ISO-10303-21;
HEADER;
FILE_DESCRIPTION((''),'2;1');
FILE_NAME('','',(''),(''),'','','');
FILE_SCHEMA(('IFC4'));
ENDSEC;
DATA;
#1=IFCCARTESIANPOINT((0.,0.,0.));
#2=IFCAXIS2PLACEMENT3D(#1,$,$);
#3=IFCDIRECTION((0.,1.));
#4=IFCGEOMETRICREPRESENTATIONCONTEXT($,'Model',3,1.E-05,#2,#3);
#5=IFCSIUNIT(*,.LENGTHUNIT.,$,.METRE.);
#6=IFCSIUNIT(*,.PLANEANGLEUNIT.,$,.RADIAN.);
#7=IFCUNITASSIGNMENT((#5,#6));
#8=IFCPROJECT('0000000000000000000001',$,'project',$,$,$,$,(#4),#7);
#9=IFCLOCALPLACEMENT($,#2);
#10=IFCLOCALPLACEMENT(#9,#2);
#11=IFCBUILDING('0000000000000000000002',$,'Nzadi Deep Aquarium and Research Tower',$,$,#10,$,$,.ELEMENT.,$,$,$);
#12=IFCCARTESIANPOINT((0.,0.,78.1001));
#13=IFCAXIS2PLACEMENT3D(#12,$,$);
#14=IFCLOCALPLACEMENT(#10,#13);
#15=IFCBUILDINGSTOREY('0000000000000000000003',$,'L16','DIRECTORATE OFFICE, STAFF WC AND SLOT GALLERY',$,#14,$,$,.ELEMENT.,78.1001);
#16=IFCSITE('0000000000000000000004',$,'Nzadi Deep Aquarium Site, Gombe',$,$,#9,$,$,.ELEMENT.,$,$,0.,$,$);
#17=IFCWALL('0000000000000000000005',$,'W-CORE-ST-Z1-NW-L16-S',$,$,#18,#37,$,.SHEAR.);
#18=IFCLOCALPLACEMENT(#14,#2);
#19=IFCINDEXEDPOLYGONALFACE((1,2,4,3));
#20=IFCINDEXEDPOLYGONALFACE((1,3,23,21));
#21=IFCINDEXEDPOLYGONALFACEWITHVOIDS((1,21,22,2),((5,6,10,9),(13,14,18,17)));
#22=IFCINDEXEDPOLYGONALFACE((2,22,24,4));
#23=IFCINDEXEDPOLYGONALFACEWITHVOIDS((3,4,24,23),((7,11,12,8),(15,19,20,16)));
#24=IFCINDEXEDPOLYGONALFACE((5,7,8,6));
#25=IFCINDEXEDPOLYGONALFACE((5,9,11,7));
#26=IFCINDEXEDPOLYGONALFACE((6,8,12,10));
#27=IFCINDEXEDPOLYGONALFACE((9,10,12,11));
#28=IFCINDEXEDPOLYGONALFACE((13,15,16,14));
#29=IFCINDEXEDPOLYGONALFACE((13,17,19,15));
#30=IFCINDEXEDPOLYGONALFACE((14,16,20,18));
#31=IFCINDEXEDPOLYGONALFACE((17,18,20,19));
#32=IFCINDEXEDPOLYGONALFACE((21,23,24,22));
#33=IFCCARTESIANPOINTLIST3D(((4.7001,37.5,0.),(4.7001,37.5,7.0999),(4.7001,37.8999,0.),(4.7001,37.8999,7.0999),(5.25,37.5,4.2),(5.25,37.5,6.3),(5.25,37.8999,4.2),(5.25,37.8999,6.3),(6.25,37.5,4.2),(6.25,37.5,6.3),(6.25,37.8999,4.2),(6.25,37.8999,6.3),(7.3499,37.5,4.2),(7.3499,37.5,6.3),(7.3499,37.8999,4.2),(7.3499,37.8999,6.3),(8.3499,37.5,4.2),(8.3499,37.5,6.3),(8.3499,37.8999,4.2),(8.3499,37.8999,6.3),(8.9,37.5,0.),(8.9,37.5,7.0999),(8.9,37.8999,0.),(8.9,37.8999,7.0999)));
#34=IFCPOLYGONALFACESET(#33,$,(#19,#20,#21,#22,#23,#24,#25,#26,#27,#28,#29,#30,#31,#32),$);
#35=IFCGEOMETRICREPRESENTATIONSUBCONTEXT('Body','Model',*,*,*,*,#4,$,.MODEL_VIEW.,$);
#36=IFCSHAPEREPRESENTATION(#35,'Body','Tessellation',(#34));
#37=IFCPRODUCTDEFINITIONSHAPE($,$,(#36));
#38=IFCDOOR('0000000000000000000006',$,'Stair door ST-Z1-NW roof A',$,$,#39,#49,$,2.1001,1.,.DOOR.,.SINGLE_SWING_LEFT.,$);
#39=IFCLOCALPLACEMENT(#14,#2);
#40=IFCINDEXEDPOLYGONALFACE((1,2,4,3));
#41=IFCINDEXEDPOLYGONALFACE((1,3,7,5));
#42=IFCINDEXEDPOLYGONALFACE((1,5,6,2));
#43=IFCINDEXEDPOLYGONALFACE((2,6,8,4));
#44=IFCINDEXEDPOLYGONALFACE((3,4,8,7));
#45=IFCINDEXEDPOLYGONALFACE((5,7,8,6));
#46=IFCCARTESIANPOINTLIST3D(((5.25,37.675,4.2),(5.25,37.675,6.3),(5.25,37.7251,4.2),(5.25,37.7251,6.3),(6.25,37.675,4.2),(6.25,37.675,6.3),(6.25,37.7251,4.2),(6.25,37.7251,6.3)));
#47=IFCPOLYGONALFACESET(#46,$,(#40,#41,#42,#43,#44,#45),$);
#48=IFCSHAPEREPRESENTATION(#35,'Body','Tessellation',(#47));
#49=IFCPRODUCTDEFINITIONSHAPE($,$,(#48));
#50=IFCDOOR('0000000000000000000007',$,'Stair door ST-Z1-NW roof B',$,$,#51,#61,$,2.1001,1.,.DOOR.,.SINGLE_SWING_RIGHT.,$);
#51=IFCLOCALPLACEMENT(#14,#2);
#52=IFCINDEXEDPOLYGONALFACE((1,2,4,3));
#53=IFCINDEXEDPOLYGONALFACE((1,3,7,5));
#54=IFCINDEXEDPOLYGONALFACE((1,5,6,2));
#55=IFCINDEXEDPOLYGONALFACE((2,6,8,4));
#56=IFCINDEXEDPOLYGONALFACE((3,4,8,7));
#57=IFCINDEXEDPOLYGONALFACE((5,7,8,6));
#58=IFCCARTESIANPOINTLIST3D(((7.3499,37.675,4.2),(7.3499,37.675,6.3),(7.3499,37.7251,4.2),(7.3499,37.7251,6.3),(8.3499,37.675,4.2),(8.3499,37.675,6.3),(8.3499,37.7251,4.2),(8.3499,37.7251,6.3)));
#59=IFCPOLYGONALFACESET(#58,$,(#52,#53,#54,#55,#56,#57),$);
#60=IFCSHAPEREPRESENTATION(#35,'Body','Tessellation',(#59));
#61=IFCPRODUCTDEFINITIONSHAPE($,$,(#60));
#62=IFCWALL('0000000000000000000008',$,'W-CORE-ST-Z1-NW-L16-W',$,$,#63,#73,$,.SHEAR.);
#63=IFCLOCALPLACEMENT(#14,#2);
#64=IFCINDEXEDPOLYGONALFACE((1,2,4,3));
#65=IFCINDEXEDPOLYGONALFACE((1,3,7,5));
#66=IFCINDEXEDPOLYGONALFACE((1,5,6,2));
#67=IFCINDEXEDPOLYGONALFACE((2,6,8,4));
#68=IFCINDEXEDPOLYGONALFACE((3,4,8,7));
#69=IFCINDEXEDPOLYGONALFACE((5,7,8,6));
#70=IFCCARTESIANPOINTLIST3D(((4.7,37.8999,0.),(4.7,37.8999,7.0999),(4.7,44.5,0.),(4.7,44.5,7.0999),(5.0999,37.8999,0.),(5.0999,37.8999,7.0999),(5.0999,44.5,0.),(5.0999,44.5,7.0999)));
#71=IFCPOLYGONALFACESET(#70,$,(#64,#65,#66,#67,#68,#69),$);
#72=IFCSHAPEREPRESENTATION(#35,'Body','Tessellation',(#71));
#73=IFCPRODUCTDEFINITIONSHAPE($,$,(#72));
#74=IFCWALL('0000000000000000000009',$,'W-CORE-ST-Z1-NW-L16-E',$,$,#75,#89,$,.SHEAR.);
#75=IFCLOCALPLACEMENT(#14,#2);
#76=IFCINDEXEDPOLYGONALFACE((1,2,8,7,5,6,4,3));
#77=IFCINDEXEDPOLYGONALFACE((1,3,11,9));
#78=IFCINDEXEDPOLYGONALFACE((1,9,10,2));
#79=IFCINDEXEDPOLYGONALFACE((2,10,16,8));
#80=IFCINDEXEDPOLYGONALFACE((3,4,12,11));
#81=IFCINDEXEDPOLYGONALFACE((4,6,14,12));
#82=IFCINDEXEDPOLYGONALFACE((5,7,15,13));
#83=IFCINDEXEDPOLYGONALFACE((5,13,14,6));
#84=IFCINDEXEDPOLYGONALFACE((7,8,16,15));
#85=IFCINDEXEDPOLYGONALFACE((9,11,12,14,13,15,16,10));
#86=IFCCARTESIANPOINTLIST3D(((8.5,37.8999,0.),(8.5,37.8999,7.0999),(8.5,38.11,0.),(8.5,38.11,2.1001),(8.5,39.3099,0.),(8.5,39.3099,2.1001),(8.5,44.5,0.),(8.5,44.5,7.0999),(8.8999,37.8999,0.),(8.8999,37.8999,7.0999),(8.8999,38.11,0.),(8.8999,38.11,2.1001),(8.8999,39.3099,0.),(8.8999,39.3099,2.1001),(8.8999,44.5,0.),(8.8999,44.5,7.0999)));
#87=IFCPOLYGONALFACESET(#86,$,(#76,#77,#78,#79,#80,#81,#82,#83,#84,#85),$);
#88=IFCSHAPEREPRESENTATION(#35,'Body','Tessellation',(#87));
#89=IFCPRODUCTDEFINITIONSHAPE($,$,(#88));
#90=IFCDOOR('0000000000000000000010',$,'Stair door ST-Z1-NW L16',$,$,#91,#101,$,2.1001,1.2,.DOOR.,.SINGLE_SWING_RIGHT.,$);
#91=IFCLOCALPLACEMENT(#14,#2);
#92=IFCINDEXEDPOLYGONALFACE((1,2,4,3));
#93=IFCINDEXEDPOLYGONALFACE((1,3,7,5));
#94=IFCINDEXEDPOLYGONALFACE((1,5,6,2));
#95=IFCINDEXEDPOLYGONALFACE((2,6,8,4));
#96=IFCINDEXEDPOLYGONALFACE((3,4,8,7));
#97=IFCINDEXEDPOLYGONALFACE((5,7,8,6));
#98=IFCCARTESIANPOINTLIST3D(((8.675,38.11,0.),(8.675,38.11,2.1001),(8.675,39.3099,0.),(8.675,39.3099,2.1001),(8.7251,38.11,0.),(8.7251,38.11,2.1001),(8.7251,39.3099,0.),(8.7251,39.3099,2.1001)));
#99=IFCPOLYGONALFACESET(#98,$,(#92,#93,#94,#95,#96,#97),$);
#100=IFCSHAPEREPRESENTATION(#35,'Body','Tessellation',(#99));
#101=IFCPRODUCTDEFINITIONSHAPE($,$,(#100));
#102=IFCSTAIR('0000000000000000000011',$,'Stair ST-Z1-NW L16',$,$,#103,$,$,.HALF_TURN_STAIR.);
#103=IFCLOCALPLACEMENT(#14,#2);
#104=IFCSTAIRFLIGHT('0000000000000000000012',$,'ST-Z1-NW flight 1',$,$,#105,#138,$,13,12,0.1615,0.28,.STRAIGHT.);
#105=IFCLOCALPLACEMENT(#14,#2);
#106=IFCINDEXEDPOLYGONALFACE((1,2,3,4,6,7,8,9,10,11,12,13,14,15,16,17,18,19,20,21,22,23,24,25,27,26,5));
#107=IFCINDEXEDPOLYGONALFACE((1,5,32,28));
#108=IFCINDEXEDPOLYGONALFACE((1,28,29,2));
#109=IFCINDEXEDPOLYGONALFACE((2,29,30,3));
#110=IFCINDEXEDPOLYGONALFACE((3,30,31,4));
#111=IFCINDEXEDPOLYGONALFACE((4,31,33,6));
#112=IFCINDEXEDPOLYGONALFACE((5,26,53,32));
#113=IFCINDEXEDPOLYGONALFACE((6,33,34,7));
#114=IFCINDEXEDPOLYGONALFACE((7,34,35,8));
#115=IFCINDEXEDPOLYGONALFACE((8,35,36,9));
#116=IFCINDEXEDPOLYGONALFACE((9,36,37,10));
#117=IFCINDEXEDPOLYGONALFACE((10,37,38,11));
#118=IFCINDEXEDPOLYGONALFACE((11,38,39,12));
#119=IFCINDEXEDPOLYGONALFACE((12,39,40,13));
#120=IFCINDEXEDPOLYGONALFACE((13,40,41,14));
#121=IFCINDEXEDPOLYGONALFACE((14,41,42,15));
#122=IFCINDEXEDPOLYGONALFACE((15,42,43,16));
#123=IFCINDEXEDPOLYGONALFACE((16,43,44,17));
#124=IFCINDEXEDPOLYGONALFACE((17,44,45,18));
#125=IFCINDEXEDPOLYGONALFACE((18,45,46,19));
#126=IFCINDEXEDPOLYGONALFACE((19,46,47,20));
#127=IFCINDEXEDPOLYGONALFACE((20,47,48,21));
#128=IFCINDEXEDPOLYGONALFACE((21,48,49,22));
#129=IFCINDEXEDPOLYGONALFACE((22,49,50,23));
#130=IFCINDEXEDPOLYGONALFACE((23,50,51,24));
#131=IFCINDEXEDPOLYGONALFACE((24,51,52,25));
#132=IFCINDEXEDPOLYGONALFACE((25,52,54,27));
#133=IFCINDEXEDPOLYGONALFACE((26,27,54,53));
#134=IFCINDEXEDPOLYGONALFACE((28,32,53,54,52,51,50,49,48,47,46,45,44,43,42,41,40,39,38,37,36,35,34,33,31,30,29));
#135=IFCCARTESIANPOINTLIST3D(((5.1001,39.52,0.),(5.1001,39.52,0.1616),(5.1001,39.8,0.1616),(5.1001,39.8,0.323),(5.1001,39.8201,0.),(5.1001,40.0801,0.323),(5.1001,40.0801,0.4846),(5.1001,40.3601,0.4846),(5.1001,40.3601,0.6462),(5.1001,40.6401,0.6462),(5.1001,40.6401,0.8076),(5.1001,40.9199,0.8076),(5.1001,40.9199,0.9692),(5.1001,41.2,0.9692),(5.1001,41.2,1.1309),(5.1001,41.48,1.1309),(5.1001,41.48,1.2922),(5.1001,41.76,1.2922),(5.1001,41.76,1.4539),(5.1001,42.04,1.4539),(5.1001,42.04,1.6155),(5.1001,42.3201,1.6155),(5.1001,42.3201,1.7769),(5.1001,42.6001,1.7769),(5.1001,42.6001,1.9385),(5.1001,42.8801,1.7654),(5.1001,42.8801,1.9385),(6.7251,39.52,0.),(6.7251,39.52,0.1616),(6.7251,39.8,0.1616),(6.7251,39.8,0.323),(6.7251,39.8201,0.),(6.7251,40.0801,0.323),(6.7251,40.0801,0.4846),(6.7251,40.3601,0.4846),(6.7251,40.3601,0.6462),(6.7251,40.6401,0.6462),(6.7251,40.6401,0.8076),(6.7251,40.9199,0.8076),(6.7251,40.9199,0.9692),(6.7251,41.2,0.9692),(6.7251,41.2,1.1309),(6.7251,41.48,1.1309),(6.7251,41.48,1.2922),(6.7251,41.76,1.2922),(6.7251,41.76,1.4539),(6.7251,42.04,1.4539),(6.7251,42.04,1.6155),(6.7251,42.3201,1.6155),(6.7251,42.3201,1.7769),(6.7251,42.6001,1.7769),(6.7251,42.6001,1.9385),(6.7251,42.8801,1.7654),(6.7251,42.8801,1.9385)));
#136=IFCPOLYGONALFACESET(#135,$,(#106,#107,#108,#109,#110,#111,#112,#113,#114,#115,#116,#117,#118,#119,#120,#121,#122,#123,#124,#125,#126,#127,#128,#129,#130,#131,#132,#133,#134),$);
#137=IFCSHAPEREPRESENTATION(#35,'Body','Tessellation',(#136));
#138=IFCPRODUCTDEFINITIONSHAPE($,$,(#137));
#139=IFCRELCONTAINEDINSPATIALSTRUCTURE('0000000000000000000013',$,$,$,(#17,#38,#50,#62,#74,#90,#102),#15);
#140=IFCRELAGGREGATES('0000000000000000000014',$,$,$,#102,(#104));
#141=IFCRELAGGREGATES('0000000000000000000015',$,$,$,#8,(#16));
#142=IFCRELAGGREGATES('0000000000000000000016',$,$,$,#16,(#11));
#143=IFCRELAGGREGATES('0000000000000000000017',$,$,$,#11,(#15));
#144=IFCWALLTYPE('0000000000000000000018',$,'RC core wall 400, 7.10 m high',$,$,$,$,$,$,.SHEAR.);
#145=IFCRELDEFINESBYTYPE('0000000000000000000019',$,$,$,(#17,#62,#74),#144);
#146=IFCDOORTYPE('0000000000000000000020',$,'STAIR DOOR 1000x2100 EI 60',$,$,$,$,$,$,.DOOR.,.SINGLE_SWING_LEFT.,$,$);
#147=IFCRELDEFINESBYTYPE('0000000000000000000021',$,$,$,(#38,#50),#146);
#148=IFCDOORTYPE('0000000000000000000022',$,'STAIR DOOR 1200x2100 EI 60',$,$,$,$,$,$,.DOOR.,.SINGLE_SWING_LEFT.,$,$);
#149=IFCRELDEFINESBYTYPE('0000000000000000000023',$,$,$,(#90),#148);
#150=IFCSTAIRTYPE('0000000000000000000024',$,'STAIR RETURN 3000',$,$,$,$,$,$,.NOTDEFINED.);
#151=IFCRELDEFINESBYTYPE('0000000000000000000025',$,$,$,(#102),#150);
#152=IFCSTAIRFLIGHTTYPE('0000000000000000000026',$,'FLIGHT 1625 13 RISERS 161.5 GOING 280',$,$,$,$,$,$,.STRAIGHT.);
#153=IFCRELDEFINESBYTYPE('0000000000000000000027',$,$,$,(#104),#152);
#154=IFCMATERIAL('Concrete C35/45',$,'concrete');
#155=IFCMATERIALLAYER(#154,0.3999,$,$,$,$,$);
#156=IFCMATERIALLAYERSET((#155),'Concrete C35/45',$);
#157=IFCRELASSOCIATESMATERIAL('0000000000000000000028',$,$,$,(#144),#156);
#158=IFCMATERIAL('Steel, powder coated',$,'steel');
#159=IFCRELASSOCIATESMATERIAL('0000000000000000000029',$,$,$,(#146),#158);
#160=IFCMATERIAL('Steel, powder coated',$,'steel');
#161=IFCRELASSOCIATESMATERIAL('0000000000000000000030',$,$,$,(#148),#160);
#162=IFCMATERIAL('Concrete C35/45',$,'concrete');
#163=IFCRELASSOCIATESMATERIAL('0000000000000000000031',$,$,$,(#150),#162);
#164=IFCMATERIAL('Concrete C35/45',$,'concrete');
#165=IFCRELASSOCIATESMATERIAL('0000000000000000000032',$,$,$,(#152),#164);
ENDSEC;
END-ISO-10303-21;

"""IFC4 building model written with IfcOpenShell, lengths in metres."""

from ifc_helpers import new_model, si_unit, direction, frame, frame_2d, origin, place, context, subcontext, project, spatial, polyline, rectangle, outline, extrude, material, layer, layer_set, type_object, element, fill, aggregate, save


model = new_model("IFC4")

# Units and contexts
model_context = context("Model", 3, precision=1e-05, world=origin(), true_north=direction((0.0, 1.0)))
body_context = subcontext(model_context, "Body", "Model", "MODEL_VIEW")
ifc_project = project(units=[si_unit("LENGTHUNIT", "METRE"), si_unit("PLANEANGLEUNIT", "RADIAN")], contexts=[model_context])

# Site, building, storey
site_placement = place(None, origin())
site = spatial("IfcSite", under=ifc_project, at=site_placement, Name="Nzadi Deep Aquarium Site, Gombe", CompositionType="ELEMENT", RefElevation=0.0)
building_placement = place(site_placement, origin())
building = spatial("IfcBuilding", under=site, at=building_placement, Name="Nzadi Deep Aquarium and Research Tower", CompositionType="ELEMENT")
storey_placement = place(building_placement, frame((0.0, 0.0, 78.1001)))
storey = spatial("IfcBuildingStorey", under=building, at=storey_placement, Name="L16", Description="DIRECTORATE OFFICE, STAFF WC AND SLOT GALLERY", CompositionType="ELEMENT", Elevation=78.1001)

# Wall, openings, doors
ifc_material_1 = material(Name="Concrete C35/45", Category="concrete")
ifc_layer_1 = layer(ifc_material_1, 0.3999)
ifc_layer_set_1 = layer_set([ifc_layer_1], Name="Concrete C35/45")
wall_type_1 = type_object("IfcWallType", Name="RC core wall 400, 7.10 m high", PredefinedType="SHEAR", material=ifc_layer_set_1)
wall_1_placement = place(storey_placement, frame((4.7, 37.7, 0.0), z_axis=(0.0, 0.0, 1.0), x_axis=(1.0, 0.0, 0.0)))
wall_1 = element("IfcWall", 1, at=wall_1_placement, inside=storey, type_object=wall_type_1, Name="W-CORE-ST-Z1-NW-L16-S", PredefinedType="SHEAR", context=body_context, shape_type="SweptSolid", body=[
    extrude(rectangle(XDim=4.2, YDim=0.3999, at=frame_2d((2.1001, 0.0))), origin(), (0.0, 0.0, 1.0), 7.0999),
])
opening_1_placement = place(wall_1_placement, frame((0.55, 0.0, 4.2)))
opening_1 = element("IfcOpeningElement", 2, at=opening_1_placement, cuts=wall_1, PredefinedType="OPENING", context=body_context, shape_type="SweptSolid", body=[
    extrude(rectangle(XDim=1.0, YDim=2.1001, at=frame_2d((0.5, 1.05))), frame((0.0, 0.21, 0.0), z_axis=(0.0, -1.0, 0.0), x_axis=(1.0, 0.0, 0.0)), (0.0, 0.0, 1.0), 0.4199),
])
opening_2_placement = place(wall_1_placement, frame((2.6499, 0.0, 4.2)))
opening_2 = element("IfcOpeningElement", 3, at=opening_2_placement, cuts=wall_1, PredefinedType="OPENING", context=body_context, shape_type="SweptSolid", body=[
    extrude(rectangle(XDim=1.0, YDim=2.1001, at=frame_2d((0.5, 1.05))), frame((0.0, 0.21, 0.0), z_axis=(0.0, -1.0, 0.0), x_axis=(1.0, 0.0, 0.0)), (0.0, 0.0, 1.0), 0.4199),
])
ifc_material_2 = material(Name="Steel, powder coated", Category="steel")
door_type_1 = type_object("IfcDoorType", Name="STAIR DOOR 1000x2100 EI 60", OperationType="SINGLE_SWING_LEFT", PredefinedType="DOOR", material=ifc_material_2)
door_1_placement = place(opening_1_placement, frame((1.0, 0.0, 0.0), z_axis=(0.0, 0.0, 1.0), x_axis=(-1.0, 0.0, 0.0)))
door_1 = element("IfcDoor", 4, at=door_1_placement, inside=storey, type_object=door_type_1, Name="Stair door ST-Z1-NW roof A", OperationType="SINGLE_SWING_LEFT", OverallHeight=2.1001, OverallWidth=1.0, PredefinedType="DOOR", context=body_context, shape_type="SweptSolid", body=[
    extrude(rectangle(XDim=1.0, YDim=2.1001, at=frame_2d((0.5, 1.05))), frame((0.0, 0.0249, 0.0), z_axis=(0.0, -1.0, 0.0), x_axis=(1.0, 0.0, 0.0)), (0.0, 0.0, 1.0), 0.05),
])
fill(opening_1, door_1)
door_2_placement = place(opening_2_placement, frame((1.0, 0.0, 0.0), z_axis=(0.0, 0.0, 1.0), x_axis=(-1.0, 0.0, 0.0)))
door_2 = element("IfcDoor", 5, at=door_2_placement, inside=storey, type_object=door_type_1, Name="Stair door ST-Z1-NW roof B", OperationType="SINGLE_SWING_RIGHT", OverallHeight=2.1001, OverallWidth=1.0, PredefinedType="DOOR", context=body_context, shape_type="SweptSolid", body=[
    extrude(rectangle(XDim=1.0, YDim=2.1001, at=frame_2d((0.5, 1.05))), frame((0.0, 0.0249, 0.0), z_axis=(0.0, -1.0, 0.0), x_axis=(1.0, 0.0, 0.0)), (0.0, 0.0, 1.0), 0.05),
])
fill(opening_2, door_2)

# Wall
wall_2_placement = place(storey_placement, frame((4.8999, 37.8999, 0.0), z_axis=(0.0, 0.0, 1.0), x_axis=(0.0, 1.0, 0.0)))
element("IfcWall", 6, at=wall_2_placement, inside=storey, type_object=wall_type_1, Name="W-CORE-ST-Z1-NW-L16-W", PredefinedType="SHEAR", context=body_context, shape_type="SweptSolid", body=[
    extrude(rectangle(XDim=6.6001, YDim=0.3999, at=frame_2d((3.3, 0.0))), origin(), (0.0, 0.0, 1.0), 7.0999),
])

# Wall, opening, door
wall_3_placement = place(storey_placement, frame((8.7, 37.8999, 0.0), z_axis=(0.0, 0.0, 1.0), x_axis=(0.0, 1.0, 0.0)))
wall_3 = element("IfcWall", 7, at=wall_3_placement, inside=storey, type_object=wall_type_1, Name="W-CORE-ST-Z1-NW-L16-E", PredefinedType="SHEAR", context=body_context, shape_type="SweptSolid", body=[
    extrude(rectangle(XDim=6.6001, YDim=0.3999, at=frame_2d((3.3, 0.0))), origin(), (0.0, 0.0, 1.0), 7.0999),
])
opening_3_placement = place(wall_3_placement, frame((0.21, 0.0, 0.0)))
opening_3 = element("IfcOpeningElement", 8, at=opening_3_placement, cuts=wall_3, PredefinedType="OPENING", context=body_context, shape_type="SweptSolid", body=[
    extrude(rectangle(XDim=1.2, YDim=2.1001, at=frame_2d((0.6001, 1.05))), frame((0.0, 0.21, 0.0), z_axis=(0.0, -1.0, 0.0), x_axis=(1.0, 0.0, 0.0)), (0.0, 0.0, 1.0), 0.4199),
])
ifc_material_3 = material(Name="Steel, powder coated", Category="steel")
door_type_2 = type_object("IfcDoorType", Name="STAIR DOOR 1200x2100 EI 60", OperationType="SINGLE_SWING_LEFT", PredefinedType="DOOR", material=ifc_material_3)
door_3_placement = place(opening_3_placement, origin())
door_3 = element("IfcDoor", 9, at=door_3_placement, inside=storey, type_object=door_type_2, Name="Stair door ST-Z1-NW L16", OperationType="SINGLE_SWING_RIGHT", OverallHeight=2.1001, OverallWidth=1.2, PredefinedType="DOOR", context=body_context, shape_type="SweptSolid", body=[
    extrude(rectangle(XDim=1.2, YDim=2.1001, at=frame_2d((0.6001, 1.05))), frame((0.0, 0.0249, 0.0), z_axis=(0.0, -1.0, 0.0), x_axis=(1.0, 0.0, 0.0)), (0.0, 0.0, 1.0), 0.05),
])
fill(opening_3, door_3)

# Stair, stair flight
ifc_material_4 = material(Name="Concrete C35/45", Category="concrete")
stair_type = type_object("IfcStairType", Name="STAIR RETURN 3000", PredefinedType="NOTDEFINED", material=ifc_material_4)
stair_placement = place(storey_placement, origin())
stair = element("IfcStair", 10, at=stair_placement, inside=storey, type_object=stair_type, Name="Stair ST-Z1-NW L16", PredefinedType="HALF_TURN_STAIR")
ifc_material_5 = material(Name="Concrete C35/45", Category="concrete")
stair_flight_type = type_object("IfcStairFlightType", Name="FLIGHT 1625 13 RISERS 161.5 GOING 280", PredefinedType="STRAIGHT", material=ifc_material_5)
stair_flight_placement = place(storey_placement, frame((5.9126, 39.52, 0.0), z_axis=(0.0, 0.0, 1.0), x_axis=(0.0, 1.0, 0.0)))
stair_flight = element("IfcStairFlight", 11, at=stair_flight_placement, type_object=stair_flight_type, Name="ST-Z1-NW flight 1", NumberOfRisers=13, NumberOfTreads=12, PredefinedType="STRAIGHT", RiserHeight=0.1615, TreadLength=0.28, context=body_context, shape_type="SweptSolid", body=[
    extrude(outline(polyline([(0.0, 0.0), (0.0, 0.1616), (0.28, 0.1616), (0.28, 0.323), (0.5601, 0.323), (0.5601, 0.4846), (0.8401, 0.4846), (0.8401, 0.6462), (1.1201, 0.6462), (1.1201, 0.8076), (1.3999, 0.8076), (1.3999, 0.9692), (1.6799, 0.9692), (1.6799, 1.1309), (1.96, 1.1309), (1.96, 1.2922), (2.24, 1.2922), (2.24, 1.4539), (2.52, 1.4539), (2.52, 1.6155), (2.8, 1.6155), (2.8, 1.7769), (3.0801, 1.7769), (3.0801, 1.9385), (3.3601, 1.9385), (3.3601, 2.1001), (3.3601, 1.7654), (0.3, 0.0), (0.0, 0.0)])), frame((0.0, 0.8125, 0.0), z_axis=(0.0, -1.0, 0.0), x_axis=(1.0, 0.0, 0.0)), (0.0, 0.0, 1.0), 1.625),
])
aggregate(stair, [stair_flight])

save(model, "model.ifc")
